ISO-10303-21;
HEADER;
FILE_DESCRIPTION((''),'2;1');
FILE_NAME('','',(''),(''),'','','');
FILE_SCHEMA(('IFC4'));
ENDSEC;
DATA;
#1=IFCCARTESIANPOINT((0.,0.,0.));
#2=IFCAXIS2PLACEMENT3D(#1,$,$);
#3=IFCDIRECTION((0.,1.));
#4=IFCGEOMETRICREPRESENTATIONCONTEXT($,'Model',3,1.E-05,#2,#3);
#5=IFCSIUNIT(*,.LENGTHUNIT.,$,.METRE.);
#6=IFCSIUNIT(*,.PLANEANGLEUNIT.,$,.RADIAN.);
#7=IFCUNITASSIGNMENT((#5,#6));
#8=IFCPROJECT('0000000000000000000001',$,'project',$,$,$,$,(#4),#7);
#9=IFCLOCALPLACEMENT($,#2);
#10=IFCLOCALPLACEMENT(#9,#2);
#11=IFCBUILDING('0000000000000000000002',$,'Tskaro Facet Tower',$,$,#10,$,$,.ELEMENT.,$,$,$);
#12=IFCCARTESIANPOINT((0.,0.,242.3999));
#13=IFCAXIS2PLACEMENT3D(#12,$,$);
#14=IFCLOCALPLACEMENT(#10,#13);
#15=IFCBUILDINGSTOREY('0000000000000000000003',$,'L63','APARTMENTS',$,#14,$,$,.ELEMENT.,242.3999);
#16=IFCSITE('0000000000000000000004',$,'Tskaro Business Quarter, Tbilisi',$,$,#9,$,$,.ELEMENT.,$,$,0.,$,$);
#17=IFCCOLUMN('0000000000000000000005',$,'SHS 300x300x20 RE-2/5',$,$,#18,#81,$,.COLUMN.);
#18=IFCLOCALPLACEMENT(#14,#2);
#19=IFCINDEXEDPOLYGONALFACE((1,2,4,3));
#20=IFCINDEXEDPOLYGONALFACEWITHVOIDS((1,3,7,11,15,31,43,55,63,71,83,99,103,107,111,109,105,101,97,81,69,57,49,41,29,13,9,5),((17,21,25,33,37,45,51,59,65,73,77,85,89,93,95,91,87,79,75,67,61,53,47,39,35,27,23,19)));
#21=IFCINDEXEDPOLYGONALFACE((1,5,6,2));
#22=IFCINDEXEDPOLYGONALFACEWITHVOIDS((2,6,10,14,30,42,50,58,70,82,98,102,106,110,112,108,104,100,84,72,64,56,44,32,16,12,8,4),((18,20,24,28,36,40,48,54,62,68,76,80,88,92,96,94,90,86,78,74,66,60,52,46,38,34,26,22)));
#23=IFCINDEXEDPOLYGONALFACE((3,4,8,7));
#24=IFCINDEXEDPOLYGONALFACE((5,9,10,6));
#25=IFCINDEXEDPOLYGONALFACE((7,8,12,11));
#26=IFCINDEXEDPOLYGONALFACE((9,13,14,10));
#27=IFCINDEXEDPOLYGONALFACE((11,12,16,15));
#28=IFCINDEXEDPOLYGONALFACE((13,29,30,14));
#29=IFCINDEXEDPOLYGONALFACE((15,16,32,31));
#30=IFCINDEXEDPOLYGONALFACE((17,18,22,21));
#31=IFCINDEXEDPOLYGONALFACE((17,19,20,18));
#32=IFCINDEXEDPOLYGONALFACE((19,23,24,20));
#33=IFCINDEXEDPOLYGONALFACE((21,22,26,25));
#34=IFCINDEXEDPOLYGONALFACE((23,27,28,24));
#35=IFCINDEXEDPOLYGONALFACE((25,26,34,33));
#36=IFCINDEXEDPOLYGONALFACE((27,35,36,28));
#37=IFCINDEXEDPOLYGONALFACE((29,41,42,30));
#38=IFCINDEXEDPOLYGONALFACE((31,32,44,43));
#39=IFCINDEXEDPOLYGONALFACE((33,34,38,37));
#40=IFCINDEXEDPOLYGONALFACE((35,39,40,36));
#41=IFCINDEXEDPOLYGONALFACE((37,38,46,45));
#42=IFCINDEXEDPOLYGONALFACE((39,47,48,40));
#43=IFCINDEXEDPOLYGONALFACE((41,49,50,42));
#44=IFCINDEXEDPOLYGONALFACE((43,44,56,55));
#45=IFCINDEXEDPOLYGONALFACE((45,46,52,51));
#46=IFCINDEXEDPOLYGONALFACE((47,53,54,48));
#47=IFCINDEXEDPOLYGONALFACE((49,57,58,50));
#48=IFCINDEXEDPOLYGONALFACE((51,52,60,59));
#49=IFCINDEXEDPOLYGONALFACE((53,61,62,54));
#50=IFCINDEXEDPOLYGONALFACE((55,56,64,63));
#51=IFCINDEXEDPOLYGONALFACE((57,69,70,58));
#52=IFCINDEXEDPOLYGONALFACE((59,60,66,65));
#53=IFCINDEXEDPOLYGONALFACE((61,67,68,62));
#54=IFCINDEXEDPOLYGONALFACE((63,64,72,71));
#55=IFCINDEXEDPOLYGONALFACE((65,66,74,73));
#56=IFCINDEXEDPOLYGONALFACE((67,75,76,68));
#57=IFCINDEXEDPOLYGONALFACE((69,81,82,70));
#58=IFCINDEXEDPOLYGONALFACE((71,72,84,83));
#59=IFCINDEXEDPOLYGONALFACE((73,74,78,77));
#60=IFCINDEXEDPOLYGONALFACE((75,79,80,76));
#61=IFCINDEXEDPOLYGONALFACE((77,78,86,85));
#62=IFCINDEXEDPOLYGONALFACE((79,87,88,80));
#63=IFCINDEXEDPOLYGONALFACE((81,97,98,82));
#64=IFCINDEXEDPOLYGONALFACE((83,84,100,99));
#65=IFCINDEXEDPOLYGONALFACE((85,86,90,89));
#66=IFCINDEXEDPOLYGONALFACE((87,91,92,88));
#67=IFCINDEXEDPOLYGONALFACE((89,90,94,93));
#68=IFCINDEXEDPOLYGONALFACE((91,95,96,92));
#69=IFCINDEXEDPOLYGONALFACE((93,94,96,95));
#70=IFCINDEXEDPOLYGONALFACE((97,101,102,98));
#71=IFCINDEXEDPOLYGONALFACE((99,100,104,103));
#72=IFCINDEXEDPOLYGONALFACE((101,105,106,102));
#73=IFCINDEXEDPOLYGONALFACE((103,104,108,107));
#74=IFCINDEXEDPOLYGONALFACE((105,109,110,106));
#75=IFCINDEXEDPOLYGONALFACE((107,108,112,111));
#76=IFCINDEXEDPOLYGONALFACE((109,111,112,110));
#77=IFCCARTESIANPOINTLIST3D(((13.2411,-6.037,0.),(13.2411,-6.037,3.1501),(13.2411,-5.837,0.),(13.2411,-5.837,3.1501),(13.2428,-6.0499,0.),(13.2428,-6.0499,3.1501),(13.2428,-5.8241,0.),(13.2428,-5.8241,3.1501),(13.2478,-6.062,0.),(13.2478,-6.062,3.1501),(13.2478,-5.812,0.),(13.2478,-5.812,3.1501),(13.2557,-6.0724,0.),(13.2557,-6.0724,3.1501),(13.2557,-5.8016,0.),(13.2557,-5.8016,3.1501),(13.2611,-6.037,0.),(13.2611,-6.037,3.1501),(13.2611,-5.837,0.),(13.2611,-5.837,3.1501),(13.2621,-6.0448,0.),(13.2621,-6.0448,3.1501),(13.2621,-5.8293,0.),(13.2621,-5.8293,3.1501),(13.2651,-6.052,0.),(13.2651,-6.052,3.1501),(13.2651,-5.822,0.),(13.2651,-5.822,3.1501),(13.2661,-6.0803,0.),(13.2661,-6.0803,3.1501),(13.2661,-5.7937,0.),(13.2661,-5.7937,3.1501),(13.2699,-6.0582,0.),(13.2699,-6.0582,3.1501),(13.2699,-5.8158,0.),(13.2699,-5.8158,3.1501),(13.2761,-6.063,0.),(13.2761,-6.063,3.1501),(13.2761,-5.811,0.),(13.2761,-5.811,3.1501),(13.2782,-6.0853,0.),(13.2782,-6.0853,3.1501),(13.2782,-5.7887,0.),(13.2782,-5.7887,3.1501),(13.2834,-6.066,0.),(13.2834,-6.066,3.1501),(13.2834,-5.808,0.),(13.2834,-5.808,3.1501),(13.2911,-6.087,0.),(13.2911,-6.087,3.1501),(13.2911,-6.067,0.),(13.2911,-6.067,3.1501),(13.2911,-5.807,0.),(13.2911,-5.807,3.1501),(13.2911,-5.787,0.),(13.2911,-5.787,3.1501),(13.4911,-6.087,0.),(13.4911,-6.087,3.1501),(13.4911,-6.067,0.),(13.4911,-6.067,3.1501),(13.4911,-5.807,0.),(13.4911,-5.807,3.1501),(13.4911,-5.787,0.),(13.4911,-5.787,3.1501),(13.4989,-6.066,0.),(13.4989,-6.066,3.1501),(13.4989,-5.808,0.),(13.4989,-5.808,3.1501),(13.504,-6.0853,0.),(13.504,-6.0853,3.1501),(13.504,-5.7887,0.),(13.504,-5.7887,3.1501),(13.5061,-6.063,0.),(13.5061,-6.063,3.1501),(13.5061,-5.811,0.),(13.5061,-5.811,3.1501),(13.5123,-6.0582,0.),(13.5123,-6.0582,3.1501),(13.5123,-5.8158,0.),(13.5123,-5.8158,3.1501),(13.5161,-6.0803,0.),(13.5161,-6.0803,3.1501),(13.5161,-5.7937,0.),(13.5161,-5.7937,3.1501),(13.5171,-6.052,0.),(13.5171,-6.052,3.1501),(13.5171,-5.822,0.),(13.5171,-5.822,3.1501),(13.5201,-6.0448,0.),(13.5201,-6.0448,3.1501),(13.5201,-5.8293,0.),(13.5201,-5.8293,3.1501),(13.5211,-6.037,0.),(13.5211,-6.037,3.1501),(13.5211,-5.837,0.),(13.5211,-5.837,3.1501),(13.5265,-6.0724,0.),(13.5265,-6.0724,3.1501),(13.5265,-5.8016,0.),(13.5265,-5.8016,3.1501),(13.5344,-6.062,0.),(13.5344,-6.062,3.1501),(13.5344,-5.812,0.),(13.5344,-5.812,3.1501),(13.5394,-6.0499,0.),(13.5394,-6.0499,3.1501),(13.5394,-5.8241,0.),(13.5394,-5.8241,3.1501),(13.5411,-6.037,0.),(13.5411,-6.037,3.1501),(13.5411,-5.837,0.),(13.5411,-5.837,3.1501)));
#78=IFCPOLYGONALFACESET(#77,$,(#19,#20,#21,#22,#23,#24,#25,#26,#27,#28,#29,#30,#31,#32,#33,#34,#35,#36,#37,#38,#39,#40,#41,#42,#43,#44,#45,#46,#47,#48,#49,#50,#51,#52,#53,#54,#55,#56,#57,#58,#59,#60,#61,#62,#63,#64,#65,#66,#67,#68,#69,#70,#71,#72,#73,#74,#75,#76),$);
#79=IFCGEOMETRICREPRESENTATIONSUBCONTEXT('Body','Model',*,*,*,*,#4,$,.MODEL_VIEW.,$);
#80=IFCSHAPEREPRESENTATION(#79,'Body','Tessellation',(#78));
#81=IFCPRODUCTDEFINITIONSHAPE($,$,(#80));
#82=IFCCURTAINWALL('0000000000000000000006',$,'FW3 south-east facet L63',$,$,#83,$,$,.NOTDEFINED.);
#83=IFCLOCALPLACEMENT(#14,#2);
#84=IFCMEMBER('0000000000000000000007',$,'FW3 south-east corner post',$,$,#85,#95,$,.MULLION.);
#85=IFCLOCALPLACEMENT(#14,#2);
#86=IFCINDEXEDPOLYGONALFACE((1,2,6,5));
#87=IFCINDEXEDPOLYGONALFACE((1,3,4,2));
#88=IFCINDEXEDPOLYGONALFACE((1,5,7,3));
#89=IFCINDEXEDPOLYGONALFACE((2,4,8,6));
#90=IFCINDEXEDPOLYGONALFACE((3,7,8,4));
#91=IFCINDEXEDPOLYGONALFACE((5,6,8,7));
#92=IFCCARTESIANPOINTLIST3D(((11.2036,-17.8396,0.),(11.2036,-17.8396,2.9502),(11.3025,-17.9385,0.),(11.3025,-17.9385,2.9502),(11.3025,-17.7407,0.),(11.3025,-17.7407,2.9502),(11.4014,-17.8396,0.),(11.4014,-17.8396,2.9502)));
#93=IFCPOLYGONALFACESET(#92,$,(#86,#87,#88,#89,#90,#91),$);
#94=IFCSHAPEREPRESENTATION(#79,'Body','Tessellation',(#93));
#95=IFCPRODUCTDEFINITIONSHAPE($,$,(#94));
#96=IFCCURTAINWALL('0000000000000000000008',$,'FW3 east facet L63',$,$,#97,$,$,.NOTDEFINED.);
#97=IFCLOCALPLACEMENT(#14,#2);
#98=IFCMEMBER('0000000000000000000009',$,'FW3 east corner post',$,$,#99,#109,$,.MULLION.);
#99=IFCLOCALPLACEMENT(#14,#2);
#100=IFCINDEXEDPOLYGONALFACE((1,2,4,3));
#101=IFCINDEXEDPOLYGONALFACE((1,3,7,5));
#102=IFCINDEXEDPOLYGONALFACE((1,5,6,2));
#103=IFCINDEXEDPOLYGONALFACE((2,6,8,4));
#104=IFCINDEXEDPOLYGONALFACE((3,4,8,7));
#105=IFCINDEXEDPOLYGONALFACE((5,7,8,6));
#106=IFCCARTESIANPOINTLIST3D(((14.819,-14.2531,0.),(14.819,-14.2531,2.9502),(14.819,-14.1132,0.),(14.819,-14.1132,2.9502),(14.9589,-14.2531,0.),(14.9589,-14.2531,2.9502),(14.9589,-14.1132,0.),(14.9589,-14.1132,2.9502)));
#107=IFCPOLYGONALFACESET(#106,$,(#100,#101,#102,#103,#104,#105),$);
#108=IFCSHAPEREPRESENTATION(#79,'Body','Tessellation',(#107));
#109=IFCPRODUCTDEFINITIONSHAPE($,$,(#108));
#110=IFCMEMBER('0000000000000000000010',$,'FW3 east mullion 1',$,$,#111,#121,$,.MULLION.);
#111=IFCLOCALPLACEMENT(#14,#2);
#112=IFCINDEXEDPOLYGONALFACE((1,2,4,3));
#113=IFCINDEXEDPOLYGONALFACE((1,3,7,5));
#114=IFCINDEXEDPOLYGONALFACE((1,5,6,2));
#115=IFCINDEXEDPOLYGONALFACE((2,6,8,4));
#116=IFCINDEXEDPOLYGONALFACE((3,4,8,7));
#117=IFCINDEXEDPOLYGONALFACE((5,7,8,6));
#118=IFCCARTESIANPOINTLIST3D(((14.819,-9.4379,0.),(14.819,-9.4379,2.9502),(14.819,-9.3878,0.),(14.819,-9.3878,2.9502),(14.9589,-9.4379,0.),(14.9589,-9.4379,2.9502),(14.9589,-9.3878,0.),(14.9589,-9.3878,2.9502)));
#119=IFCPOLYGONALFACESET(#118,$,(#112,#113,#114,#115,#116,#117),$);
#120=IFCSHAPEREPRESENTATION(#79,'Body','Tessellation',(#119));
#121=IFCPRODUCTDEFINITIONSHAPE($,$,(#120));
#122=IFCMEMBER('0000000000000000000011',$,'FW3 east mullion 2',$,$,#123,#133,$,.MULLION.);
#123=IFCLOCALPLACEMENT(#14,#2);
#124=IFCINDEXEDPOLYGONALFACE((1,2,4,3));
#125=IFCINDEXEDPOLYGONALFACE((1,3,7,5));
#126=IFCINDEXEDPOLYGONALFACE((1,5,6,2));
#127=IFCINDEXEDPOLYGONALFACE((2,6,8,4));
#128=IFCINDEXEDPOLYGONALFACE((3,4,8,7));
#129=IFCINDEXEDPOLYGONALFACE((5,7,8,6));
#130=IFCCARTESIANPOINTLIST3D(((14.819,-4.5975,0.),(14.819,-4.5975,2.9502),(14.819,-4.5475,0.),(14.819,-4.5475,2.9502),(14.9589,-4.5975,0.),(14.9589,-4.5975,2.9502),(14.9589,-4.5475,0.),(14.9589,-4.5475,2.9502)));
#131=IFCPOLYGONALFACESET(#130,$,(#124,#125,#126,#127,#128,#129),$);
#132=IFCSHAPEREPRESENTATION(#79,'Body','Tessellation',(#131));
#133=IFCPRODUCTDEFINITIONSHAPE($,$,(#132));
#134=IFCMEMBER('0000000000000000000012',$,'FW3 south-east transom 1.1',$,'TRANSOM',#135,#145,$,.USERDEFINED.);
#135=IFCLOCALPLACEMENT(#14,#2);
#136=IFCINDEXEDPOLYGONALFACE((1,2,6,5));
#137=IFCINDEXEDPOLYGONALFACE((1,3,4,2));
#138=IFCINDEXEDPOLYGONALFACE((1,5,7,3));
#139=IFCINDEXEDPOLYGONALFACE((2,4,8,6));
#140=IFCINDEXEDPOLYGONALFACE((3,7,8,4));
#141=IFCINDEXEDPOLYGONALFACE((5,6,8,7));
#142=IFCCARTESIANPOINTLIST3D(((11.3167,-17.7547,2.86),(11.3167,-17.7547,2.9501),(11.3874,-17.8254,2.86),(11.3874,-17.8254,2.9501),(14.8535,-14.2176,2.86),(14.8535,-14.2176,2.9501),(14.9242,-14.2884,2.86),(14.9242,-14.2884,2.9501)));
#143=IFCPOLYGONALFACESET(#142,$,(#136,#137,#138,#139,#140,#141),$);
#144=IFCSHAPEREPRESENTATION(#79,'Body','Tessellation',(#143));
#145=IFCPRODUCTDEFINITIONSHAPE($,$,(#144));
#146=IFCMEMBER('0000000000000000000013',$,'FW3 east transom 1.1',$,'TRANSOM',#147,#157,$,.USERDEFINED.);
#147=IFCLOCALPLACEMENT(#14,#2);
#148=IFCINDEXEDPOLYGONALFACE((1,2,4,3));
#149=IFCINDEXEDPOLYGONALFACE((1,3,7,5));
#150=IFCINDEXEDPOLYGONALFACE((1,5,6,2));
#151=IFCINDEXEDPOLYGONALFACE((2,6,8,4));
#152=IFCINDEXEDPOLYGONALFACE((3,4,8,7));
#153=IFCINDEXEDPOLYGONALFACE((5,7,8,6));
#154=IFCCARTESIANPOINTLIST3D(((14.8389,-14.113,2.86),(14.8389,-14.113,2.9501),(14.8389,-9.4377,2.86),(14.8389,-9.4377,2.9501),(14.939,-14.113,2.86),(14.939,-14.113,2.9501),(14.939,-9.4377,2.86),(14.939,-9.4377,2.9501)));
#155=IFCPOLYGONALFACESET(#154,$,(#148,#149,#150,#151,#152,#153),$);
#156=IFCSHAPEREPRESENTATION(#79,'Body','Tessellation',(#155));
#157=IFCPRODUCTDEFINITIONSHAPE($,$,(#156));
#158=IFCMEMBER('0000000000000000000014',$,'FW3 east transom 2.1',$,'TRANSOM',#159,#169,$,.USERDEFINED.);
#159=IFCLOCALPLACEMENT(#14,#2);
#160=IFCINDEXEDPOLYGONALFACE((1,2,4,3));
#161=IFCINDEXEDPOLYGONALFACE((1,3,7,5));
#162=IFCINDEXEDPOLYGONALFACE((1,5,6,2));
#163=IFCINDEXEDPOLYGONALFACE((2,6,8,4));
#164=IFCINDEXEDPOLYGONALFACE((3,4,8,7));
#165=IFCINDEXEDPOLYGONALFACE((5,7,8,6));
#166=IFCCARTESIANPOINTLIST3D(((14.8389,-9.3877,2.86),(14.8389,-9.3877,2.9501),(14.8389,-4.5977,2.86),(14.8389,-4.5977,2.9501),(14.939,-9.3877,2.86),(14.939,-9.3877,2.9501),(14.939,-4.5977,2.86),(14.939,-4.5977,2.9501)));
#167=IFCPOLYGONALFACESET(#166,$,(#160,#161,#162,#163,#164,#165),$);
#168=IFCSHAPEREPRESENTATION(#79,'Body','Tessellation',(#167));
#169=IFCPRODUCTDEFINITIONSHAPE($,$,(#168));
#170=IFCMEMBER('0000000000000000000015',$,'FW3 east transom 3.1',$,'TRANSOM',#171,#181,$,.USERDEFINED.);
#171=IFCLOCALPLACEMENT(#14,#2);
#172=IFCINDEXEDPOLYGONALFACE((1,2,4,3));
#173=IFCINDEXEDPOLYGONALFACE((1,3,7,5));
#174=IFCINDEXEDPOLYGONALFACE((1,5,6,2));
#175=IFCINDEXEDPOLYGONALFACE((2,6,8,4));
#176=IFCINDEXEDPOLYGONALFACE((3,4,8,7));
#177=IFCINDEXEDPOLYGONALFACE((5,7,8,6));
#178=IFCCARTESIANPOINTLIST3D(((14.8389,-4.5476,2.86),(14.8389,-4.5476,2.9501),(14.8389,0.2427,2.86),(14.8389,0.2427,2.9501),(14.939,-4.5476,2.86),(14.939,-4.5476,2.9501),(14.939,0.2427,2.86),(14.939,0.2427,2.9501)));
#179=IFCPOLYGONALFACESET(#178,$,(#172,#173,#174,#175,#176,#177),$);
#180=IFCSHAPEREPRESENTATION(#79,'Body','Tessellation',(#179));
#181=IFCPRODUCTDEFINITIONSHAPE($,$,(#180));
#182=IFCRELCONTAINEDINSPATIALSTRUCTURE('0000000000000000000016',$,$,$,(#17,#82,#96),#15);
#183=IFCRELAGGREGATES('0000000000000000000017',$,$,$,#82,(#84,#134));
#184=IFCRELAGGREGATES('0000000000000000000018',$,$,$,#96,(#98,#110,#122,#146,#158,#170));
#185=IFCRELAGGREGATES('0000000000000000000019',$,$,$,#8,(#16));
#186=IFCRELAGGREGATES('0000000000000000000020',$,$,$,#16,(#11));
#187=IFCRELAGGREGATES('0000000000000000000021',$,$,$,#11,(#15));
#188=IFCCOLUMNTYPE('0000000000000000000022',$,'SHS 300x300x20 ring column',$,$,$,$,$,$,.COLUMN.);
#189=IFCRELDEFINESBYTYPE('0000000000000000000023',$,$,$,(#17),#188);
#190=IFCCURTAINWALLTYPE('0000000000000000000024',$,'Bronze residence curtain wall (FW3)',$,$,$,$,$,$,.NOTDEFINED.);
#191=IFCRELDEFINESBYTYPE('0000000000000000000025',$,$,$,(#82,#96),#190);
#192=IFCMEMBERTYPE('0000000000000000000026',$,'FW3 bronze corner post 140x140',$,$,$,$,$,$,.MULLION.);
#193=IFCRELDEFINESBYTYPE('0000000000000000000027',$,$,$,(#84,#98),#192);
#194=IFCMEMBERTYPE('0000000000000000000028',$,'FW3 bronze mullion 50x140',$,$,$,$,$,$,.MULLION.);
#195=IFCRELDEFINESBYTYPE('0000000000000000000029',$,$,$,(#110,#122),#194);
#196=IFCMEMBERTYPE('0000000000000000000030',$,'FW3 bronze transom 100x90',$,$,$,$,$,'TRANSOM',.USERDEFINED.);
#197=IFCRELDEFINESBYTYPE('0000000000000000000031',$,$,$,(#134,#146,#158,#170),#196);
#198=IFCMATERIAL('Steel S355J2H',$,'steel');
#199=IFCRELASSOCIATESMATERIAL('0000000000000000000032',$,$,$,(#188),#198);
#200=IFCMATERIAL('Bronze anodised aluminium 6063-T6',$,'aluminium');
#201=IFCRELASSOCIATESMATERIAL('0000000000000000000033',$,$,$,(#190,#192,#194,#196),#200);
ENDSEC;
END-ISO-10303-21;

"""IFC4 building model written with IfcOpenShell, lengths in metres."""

from ifc_helpers import new_model, si_unit, direction, frame, origin, origin_2d, place, context, subcontext, project, spatial, rectangle, hollow_rectangle, extrude, material, material_profile, profile_set, type_object, element, aggregate, save


model = new_model("IFC4")

# Units and contexts
model_context = context("Model", 3, precision=1e-05, world=origin(), true_north=direction((0.0, 1.0)))
body_context = subcontext(model_context, "Body", "Model", "MODEL_VIEW")
ifc_project = project(units=[si_unit("LENGTHUNIT", "METRE"), si_unit("PLANEANGLEUNIT", "RADIAN")], contexts=[model_context])

# Site, building, storey
site_placement = place(None, origin())
site = spatial("IfcSite", under=ifc_project, at=site_placement, Name="Tskaro Business Quarter, Tbilisi", CompositionType="ELEMENT", RefElevation=0.0)
building_placement = place(site_placement, origin())
building = spatial("IfcBuilding", under=site, at=building_placement, Name="Tskaro Facet Tower", CompositionType="ELEMENT")
storey_placement = place(building_placement, frame((0.0, 0.0, 242.3999)))
storey = spatial("IfcBuildingStorey", under=building, at=storey_placement, Name="L63", Description="APARTMENTS", CompositionType="ELEMENT", Elevation=242.3999)

# Column
ifc_material_1 = material(Name="Steel S355J2H", Category="steel")
ifc_material_profile_1 = material_profile(ifc_material_1, hollow_rectangle(XDim=0.3, YDim=0.3, WallThickness=0.02, InnerFilletRadius=0.03, OuterFilletRadius=0.05, at=origin_2d()), Name="SHS 300x300x20")
ifc_profile_set_1 = profile_set([ifc_material_profile_1], Name="Steel S355J2H")
column_type_1 = type_object("IfcColumnType", Name="SHS 300x300x20 ring column", PredefinedType="COLUMN", material=ifc_profile_set_1)
for number, where, z_axis, x_axis, name in (
    (1, (13.3911, -5.937, 0.0), (0.0, 0.0, 1.0), (1.0, 0.0, 0.0), "SHS 300x300x20 RE-2/5"),
):
    element("IfcColumn", number, at=place(storey_placement, frame(where, z_axis=z_axis, x_axis=x_axis)), inside=storey, type_object=column_type_1, Name=name, PredefinedType="COLUMN", context=body_context, shape_type="SweptSolid", body=[
        extrude(hollow_rectangle(XDim=0.3, YDim=0.3, WallThickness=0.02, InnerFilletRadius=0.03, OuterFilletRadius=0.05, at=origin_2d()), origin(), (0.0, 0.0, 1.0), 3.1501),
    ])

# Curtain wall, member
ifc_material_2 = material(Name="Bronze anodised aluminium 6063-T6", Category="aluminium")
curtain_wall_type = type_object("IfcCurtainWallType", Name="Bronze residence curtain wall (FW3)", PredefinedType="NOTDEFINED", material=ifc_material_2)
curtain_wall_1_placement = place(storey_placement, origin())
curtain_wall_1 = element("IfcCurtainWall", 2, at=curtain_wall_1_placement, inside=storey, type_object=curtain_wall_type, Name="FW3 south-east facet L63", PredefinedType="NOTDEFINED")
ifc_material_profile_2 = material_profile(ifc_material_2, rectangle(XDim=0.1399, YDim=0.1399, at=origin_2d()), Name="Corner post 140x140")
ifc_profile_set_2 = profile_set([ifc_material_profile_2], Name="Bronze anodised aluminium 6063-T6")
member_type_1 = type_object("IfcMemberType", Name="FW3 bronze corner post 140x140", PredefinedType="MULLION", material=ifc_profile_set_2)
member_1_placement = place(storey_placement, frame((11.3025, -17.8396, 0.0), z_axis=(0.0, 0.0, 1.0), x_axis=(0.707107, 0.707107, 0.0)))
member_1 = element("IfcMember", 3, at=member_1_placement, type_object=member_type_1, Name="FW3 south-east corner post", PredefinedType="MULLION", context=body_context, shape_type="SweptSolid", body=[
    extrude(rectangle(XDim=0.1399, YDim=0.1399, at=origin_2d()), origin(), (0.0, 0.0, 1.0), 2.9502),
])

# Curtain wall, members
curtain_wall_2_placement = place(storey_placement, origin())
curtain_wall_2 = element("IfcCurtainWall", 4, at=curtain_wall_2_placement, inside=storey, type_object=curtain_wall_type, Name="FW3 east facet L63", PredefinedType="NOTDEFINED")
member_2_placement = place(storey_placement, frame((14.8889, -14.1831, 0.0), z_axis=(0.0, 0.0, 1.0), x_axis=(0.0, 1.0, 0.0)))
member_2 = element("IfcMember", 5, at=member_2_placement, type_object=member_type_1, Name="FW3 east corner post", PredefinedType="MULLION", context=body_context, shape_type="SweptSolid", body=[
    extrude(rectangle(XDim=0.1399, YDim=0.1399, at=origin_2d()), origin(), (0.0, 0.0, 1.0), 2.9502),
])
ifc_material_profile_3 = material_profile(ifc_material_2, rectangle(XDim=0.05, YDim=0.1399, at=origin_2d()), Name="Mullion 50x140")
ifc_profile_set_3 = profile_set([ifc_material_profile_3], Name="Bronze anodised aluminium 6063-T6")
member_type_2 = type_object("IfcMemberType", Name="FW3 bronze mullion 50x140", PredefinedType="MULLION", material=ifc_profile_set_3)
member_3_placement = place(storey_placement, frame((14.8889, -9.4128, 0.0), z_axis=(0.0, 0.0, 1.0), x_axis=(0.0, 1.0, 0.0)))
member_3 = element("IfcMember", 6, at=member_3_placement, type_object=member_type_2, Name="FW3 east mullion 1", PredefinedType="MULLION", context=body_context, shape_type="SweptSolid", body=[
    extrude(rectangle(XDim=0.05, YDim=0.1399, at=origin_2d()), origin(), (0.0, 0.0, 1.0), 2.9502),
])
member_4_placement = place(storey_placement, frame((14.8889, -4.5725, 0.0), z_axis=(0.0, 0.0, 1.0), x_axis=(0.0, 1.0, 0.0)))
member_4 = element("IfcMember", 7, at=member_4_placement, type_object=member_type_2, Name="FW3 east mullion 2", PredefinedType="MULLION", context=body_context, shape_type="SweptSolid", body=[
    extrude(rectangle(XDim=0.05, YDim=0.1399, at=origin_2d()), origin(), (0.0, 0.0, 1.0), 2.9502),
])

# Members
ifc_material_profile_4 = material_profile(ifc_material_2, rectangle(XDim=0.1001, YDim=0.0901, at=origin_2d()), Name="Transom 100x90")
ifc_profile_set_4 = profile_set([ifc_material_profile_4], Name="Bronze anodised aluminium 6063-T6")
member_type_3 = type_object("IfcMemberType", Name="FW3 bronze transom 100x90", ElementType="TRANSOM", PredefinedType="USERDEFINED", material=ifc_profile_set_4)
member_5_placement = place(storey_placement, frame((11.3521, -17.79, 2.905), z_axis=(0.707082, 0.707131, 0.0), x_axis=(-0.707131, 0.707082, 0.0)))
member_5 = element("IfcMember", 8, at=member_5_placement, type_object=member_type_3, Name="FW3 south-east transom 1.1", ObjectType="TRANSOM", PredefinedType="USERDEFINED", context=body_context, shape_type="SweptSolid", body=[
    extrude(rectangle(XDim=0.1001, YDim=0.0901, at=origin_2d()), origin(), (0.0, 0.0, 1.0), 5.002),
])
member_6_placement = place(storey_placement, frame((14.8889, -14.113, 2.905), z_axis=(0.0, 1.0, 0.0), x_axis=(-1.0, 0.0, 0.0)))
member_6 = element("IfcMember", 9, at=member_6_placement, type_object=member_type_3, Name="FW3 east transom 1.1", ObjectType="TRANSOM", PredefinedType="USERDEFINED", context=body_context, shape_type="SweptSolid", body=[
    extrude(rectangle(XDim=0.1001, YDim=0.0901, at=origin_2d()), origin(), (0.0, 0.0, 1.0), 4.6753),
])
member_7_placement = place(storey_placement, frame((14.8889, -9.3877, 2.905), z_axis=(0.0, 1.0, 0.0), x_axis=(-1.0, 0.0, 0.0)))
member_7 = element("IfcMember", 10, at=member_7_placement, type_object=member_type_3, Name="FW3 east transom 2.1", ObjectType="TRANSOM", PredefinedType="USERDEFINED", context=body_context, shape_type="SweptSolid", body=[
    extrude(rectangle(XDim=0.1001, YDim=0.0901, at=origin_2d()), origin(), (0.0, 0.0, 1.0), 4.79),
])
member_8_placement = place(storey_placement, frame((14.8889, -4.5476, 2.905), z_axis=(0.0, 1.0, 0.0), x_axis=(-1.0, 0.0, 0.0)))
member_8 = element("IfcMember", 11, at=member_8_placement, type_object=member_type_3, Name="FW3 east transom 3.1", ObjectType="TRANSOM", PredefinedType="USERDEFINED", context=body_context, shape_type="SweptSolid", body=[
    extrude(rectangle(XDim=0.1001, YDim=0.0901, at=origin_2d()), origin(), (0.0, 0.0, 1.0), 4.7903),
])

aggregate(curtain_wall_1, [member_1, member_5])
aggregate(curtain_wall_2, [member_2, member_3, member_4, member_6, member_7, member_8])

save(model, "model.ifc")
